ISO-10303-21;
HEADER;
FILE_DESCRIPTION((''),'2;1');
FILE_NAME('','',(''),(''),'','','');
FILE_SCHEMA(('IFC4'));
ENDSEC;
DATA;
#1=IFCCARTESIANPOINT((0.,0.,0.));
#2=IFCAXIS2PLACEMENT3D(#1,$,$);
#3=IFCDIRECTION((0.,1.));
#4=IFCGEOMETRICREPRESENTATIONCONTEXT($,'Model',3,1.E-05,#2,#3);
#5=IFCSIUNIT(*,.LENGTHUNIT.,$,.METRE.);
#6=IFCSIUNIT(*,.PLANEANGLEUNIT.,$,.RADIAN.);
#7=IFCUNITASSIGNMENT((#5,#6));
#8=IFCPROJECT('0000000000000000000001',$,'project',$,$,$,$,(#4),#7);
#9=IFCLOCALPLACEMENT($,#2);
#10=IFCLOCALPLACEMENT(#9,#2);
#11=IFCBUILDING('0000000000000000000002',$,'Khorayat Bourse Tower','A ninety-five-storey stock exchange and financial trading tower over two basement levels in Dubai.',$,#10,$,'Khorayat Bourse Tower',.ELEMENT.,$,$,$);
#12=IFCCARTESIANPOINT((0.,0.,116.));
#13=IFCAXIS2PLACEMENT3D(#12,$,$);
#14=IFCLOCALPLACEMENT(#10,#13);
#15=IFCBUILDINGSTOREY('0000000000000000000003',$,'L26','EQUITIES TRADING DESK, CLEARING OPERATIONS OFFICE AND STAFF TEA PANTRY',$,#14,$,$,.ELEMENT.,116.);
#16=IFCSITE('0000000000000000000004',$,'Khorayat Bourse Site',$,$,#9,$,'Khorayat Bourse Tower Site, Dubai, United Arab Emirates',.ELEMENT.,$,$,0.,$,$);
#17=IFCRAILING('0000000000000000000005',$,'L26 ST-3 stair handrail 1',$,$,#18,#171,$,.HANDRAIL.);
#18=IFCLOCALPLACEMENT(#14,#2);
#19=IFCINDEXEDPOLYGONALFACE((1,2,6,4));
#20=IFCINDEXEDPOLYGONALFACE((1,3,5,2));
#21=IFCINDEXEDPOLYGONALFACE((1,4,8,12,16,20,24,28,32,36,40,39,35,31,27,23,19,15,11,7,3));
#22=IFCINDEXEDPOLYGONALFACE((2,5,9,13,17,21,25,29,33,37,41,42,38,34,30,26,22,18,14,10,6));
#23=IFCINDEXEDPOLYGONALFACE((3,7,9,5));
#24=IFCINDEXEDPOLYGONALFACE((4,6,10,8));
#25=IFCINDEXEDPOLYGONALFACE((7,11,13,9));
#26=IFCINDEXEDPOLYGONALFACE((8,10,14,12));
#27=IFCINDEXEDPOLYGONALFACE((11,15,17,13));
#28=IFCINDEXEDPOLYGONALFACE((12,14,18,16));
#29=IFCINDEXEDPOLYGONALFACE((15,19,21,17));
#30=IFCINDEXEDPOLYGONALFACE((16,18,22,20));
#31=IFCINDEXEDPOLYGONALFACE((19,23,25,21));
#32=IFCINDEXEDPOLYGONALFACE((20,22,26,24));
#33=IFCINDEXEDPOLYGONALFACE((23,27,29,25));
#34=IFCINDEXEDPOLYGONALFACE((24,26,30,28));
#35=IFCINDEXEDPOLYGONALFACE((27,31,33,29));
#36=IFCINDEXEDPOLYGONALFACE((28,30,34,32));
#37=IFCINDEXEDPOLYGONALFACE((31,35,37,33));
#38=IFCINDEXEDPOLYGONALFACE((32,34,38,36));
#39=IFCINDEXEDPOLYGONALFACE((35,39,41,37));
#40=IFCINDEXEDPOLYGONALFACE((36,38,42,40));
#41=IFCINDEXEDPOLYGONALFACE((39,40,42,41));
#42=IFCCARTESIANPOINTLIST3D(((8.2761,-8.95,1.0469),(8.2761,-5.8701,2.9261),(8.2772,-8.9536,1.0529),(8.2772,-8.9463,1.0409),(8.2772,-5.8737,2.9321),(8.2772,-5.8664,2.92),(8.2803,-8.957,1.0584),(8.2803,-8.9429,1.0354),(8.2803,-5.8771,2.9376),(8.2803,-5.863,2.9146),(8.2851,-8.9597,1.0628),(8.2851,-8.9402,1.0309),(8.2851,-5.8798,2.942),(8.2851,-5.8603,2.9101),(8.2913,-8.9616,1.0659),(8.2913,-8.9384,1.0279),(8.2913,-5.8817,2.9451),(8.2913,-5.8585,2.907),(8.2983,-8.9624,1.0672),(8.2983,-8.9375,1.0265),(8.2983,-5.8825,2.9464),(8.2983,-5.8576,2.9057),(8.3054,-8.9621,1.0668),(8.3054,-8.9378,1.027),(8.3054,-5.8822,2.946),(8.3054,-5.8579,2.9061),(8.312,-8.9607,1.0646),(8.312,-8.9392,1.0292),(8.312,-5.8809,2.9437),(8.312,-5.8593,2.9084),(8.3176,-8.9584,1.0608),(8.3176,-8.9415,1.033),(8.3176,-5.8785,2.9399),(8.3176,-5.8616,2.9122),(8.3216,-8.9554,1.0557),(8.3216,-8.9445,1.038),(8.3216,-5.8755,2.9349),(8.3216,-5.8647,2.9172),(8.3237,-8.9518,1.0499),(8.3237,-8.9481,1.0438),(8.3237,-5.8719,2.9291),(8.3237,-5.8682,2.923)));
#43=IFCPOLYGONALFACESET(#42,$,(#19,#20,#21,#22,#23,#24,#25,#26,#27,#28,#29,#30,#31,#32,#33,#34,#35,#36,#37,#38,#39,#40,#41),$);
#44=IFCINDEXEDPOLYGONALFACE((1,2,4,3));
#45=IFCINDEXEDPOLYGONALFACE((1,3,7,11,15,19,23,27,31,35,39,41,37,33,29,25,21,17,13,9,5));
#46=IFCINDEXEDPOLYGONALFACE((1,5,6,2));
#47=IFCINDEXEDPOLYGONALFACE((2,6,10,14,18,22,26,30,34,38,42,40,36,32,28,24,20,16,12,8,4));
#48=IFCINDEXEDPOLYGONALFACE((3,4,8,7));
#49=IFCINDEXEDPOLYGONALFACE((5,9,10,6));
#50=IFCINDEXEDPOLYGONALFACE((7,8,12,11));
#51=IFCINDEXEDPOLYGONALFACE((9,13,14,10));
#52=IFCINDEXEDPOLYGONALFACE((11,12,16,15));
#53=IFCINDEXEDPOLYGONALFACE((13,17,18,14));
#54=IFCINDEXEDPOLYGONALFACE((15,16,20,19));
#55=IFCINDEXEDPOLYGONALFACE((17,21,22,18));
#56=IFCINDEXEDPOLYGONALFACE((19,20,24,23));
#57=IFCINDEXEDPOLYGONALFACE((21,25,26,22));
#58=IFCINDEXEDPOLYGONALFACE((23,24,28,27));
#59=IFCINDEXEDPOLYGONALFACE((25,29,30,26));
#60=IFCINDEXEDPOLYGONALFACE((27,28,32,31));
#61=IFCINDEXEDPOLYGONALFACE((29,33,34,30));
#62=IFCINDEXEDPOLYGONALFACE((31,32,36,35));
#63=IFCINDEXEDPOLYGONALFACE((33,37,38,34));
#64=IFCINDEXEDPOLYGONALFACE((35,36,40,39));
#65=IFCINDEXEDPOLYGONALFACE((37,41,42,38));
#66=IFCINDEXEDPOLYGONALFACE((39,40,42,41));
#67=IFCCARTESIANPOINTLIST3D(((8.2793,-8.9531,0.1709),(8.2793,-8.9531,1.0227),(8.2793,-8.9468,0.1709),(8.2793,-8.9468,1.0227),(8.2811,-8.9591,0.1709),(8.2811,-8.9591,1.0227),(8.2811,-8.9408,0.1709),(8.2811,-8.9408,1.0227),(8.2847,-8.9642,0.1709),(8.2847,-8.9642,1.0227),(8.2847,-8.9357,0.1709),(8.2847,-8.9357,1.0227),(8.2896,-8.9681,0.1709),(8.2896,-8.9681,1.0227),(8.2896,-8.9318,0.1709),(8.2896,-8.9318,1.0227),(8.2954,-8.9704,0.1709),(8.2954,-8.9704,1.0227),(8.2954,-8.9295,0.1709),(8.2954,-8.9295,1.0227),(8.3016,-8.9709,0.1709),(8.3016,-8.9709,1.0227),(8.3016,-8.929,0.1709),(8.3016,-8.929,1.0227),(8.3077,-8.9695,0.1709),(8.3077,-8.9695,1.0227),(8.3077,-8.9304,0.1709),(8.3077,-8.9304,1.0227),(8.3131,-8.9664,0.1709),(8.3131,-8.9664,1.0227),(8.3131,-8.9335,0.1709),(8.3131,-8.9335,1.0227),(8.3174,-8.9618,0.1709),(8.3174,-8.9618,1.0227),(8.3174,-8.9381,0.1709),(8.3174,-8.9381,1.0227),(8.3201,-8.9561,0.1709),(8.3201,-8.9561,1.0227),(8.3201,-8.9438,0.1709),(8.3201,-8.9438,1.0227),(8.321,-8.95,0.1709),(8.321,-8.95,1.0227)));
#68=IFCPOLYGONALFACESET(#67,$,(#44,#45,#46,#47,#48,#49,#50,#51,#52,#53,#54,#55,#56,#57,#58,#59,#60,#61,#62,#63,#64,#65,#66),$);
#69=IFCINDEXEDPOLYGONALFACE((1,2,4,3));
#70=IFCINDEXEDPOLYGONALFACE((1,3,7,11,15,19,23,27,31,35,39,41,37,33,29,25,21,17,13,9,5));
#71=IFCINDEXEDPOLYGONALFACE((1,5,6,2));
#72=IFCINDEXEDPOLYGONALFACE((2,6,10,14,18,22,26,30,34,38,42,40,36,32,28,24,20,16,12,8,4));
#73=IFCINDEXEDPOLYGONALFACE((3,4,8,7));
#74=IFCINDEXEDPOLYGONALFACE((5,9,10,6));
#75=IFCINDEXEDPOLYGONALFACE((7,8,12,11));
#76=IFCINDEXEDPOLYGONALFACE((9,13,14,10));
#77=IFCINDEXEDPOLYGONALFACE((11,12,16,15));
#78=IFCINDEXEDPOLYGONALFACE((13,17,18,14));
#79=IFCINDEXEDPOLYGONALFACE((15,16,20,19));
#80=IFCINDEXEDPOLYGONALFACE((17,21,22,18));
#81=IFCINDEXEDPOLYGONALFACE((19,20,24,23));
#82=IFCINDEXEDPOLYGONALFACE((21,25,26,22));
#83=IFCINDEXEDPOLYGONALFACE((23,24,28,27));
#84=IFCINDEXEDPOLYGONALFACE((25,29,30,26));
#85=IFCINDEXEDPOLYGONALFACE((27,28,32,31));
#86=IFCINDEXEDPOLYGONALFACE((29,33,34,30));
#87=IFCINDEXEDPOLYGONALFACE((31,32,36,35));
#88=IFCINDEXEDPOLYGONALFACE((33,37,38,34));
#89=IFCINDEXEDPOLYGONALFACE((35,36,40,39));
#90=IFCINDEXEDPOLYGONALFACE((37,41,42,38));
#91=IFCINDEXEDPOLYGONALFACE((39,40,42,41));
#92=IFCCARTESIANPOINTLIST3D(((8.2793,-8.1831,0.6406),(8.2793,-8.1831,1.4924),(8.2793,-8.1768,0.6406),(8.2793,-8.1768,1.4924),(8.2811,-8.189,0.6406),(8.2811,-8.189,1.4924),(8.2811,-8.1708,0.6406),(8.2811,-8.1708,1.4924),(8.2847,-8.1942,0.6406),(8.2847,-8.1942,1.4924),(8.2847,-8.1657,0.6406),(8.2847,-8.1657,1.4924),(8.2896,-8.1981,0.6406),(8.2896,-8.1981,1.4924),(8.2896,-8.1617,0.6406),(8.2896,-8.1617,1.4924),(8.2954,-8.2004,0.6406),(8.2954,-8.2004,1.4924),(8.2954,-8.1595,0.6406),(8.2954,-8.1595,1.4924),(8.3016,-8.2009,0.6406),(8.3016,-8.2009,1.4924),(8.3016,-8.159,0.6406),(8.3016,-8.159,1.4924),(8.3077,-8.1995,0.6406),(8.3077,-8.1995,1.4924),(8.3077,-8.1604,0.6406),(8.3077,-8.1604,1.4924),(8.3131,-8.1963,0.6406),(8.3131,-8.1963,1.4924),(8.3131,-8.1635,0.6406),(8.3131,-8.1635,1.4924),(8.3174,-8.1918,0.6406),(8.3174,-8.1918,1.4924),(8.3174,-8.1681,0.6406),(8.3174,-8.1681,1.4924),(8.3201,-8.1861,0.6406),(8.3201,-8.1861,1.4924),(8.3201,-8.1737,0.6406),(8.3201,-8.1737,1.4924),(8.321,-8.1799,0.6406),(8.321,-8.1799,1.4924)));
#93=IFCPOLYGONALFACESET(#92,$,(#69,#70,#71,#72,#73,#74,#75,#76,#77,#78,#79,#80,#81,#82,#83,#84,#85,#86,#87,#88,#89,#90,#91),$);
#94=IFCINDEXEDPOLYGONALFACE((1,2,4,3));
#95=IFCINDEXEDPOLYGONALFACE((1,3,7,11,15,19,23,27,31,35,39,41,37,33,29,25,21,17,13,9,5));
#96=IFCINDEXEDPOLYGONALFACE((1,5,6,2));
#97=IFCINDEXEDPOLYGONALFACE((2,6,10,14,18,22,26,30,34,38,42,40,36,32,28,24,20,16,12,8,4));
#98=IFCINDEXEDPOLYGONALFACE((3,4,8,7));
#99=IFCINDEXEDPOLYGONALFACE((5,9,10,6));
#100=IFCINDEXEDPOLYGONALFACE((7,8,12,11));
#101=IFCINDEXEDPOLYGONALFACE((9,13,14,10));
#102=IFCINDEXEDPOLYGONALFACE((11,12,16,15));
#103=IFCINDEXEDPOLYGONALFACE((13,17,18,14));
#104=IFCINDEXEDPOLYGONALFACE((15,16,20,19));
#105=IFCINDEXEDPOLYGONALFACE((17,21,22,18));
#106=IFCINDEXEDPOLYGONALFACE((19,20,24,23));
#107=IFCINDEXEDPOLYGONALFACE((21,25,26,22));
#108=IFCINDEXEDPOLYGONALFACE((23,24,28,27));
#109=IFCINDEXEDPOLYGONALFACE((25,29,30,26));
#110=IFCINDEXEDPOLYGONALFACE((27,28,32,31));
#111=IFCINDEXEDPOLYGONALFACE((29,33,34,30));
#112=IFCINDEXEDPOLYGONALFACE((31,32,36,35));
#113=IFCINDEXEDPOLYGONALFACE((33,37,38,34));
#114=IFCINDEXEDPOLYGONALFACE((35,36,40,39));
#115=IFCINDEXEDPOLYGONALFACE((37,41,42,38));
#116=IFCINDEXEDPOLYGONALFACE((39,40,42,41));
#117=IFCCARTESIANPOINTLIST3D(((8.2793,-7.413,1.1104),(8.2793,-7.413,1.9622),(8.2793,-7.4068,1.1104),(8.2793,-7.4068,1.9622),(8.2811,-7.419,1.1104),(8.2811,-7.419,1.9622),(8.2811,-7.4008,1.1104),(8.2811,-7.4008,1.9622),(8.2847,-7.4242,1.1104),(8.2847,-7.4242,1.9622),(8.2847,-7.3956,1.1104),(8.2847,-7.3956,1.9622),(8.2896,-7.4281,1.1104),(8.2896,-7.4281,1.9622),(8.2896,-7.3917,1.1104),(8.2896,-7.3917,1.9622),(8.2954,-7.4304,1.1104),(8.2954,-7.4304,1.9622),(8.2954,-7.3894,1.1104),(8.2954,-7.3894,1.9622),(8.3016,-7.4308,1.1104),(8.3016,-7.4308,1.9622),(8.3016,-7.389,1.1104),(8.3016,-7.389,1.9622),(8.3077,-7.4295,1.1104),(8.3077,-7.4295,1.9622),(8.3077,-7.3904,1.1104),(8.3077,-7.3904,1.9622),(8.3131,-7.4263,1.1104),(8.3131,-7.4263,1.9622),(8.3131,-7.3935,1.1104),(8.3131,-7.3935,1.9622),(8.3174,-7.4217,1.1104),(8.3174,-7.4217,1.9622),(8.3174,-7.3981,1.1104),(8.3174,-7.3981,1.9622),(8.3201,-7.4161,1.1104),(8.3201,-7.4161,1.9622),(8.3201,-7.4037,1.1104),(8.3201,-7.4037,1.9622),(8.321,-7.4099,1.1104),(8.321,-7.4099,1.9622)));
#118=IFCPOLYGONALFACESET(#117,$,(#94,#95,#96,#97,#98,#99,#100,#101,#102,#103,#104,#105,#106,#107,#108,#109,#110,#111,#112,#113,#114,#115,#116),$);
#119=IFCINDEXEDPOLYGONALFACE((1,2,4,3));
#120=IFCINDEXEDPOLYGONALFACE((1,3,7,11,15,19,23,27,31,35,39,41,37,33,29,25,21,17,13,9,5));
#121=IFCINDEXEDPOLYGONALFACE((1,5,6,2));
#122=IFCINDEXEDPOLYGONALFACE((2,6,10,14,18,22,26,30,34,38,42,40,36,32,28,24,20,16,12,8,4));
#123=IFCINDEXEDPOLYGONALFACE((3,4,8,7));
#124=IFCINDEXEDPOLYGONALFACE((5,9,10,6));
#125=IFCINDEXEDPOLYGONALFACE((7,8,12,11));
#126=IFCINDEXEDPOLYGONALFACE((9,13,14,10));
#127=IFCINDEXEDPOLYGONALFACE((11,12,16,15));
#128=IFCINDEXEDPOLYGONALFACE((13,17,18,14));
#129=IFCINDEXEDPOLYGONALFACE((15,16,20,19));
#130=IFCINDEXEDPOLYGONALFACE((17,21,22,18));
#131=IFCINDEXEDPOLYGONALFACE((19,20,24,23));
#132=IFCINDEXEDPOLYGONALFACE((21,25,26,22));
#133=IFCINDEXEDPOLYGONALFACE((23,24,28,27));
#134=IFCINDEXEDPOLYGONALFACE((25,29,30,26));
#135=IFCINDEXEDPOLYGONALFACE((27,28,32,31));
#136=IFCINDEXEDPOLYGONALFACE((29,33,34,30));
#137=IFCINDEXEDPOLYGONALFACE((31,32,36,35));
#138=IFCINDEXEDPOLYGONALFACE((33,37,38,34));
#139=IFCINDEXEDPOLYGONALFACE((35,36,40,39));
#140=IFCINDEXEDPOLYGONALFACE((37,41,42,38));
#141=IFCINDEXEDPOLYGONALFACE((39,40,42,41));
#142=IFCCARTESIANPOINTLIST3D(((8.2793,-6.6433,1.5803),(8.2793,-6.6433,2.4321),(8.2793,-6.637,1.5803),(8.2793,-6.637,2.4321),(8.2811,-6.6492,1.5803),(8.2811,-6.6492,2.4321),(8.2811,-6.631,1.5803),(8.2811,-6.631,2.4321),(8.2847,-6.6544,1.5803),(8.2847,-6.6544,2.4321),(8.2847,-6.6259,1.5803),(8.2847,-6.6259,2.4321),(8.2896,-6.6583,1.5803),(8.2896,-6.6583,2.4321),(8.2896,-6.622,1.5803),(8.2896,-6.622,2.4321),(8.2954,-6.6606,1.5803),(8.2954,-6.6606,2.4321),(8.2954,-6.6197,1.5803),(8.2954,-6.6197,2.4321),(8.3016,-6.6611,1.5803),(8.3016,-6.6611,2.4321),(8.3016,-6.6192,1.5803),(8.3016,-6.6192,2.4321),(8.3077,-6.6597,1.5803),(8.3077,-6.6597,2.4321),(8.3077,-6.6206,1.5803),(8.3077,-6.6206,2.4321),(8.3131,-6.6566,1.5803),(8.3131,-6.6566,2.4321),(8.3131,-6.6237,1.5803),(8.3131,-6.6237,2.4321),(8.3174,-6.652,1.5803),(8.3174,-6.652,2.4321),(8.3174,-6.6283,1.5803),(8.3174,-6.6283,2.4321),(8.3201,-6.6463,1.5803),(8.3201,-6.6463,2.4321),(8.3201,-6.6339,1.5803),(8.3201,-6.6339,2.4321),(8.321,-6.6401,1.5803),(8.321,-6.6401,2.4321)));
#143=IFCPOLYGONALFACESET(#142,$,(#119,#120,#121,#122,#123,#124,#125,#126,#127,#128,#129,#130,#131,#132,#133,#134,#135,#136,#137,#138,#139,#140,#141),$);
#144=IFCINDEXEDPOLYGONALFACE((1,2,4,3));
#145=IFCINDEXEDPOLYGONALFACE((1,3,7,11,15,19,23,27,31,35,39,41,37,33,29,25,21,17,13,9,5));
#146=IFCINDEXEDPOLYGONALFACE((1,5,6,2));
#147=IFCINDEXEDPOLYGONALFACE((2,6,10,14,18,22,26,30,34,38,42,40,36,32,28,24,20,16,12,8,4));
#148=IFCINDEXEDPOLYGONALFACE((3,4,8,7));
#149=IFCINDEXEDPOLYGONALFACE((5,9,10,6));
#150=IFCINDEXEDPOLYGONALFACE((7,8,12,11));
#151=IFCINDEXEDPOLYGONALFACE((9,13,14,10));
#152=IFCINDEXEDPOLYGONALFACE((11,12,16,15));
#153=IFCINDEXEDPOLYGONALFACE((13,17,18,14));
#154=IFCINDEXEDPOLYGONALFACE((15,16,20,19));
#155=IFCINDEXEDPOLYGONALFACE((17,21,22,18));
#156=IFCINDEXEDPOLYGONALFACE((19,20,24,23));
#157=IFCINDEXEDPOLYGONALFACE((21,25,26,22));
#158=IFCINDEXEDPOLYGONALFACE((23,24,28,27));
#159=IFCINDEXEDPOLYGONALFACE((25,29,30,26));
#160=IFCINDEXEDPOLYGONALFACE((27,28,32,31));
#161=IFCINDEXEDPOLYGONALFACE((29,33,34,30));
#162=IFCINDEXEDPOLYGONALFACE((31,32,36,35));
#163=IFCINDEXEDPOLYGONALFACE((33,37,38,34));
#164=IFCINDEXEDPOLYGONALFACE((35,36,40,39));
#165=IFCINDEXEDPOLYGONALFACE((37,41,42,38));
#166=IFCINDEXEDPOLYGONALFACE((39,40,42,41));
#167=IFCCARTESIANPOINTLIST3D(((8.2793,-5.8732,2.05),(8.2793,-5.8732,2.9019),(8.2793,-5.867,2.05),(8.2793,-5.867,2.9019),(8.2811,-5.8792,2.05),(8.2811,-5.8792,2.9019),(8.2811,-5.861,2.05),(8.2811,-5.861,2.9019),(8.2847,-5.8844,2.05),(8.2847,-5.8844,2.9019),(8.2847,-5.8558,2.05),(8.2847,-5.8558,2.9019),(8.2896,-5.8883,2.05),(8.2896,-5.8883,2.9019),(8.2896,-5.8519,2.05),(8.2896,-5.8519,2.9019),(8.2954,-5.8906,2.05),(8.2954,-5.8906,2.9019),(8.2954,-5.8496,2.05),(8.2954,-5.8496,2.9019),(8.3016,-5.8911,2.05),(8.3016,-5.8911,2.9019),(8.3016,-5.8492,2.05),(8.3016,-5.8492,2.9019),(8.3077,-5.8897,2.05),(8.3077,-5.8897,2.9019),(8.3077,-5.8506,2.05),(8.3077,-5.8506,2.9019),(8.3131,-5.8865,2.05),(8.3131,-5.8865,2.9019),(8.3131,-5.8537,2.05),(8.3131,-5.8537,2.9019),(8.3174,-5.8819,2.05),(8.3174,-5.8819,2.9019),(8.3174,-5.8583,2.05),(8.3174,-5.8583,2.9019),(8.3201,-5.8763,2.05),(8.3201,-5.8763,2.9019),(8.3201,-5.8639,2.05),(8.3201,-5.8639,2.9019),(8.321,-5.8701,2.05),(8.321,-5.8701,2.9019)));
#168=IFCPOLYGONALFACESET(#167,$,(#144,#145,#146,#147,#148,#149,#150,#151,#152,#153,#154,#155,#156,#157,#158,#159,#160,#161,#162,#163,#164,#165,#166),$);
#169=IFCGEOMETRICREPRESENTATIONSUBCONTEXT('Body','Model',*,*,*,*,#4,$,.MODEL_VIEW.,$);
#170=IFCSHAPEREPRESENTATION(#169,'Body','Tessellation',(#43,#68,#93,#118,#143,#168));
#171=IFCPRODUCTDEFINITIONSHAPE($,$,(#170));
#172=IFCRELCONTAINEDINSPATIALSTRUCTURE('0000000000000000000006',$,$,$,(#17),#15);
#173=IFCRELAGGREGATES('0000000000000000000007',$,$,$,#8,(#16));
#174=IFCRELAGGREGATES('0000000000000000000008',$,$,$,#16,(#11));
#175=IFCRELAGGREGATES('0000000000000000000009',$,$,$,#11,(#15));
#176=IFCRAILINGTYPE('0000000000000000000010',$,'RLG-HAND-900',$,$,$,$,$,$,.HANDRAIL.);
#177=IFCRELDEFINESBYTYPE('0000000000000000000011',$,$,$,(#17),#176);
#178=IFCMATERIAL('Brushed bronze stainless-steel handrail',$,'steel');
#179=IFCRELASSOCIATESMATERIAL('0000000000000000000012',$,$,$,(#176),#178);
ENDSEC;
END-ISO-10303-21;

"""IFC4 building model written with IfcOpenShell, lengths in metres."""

from ifc_helpers import new_model, si_unit, direction, frame, origin, origin_2d, place, context, subcontext, project, spatial, circle, extrude, source, transform, mapped, material, type_object, element, save


model = new_model("IFC4")

# Units and contexts
model_context = context("Model", 3, precision=1e-05, world=origin(), true_north=direction((0.0, 1.0)))
body_context = subcontext(model_context, "Body", "Model", "MODEL_VIEW")
ifc_project = project(units=[si_unit("LENGTHUNIT", "METRE"), si_unit("PLANEANGLEUNIT", "RADIAN")], contexts=[model_context])

# Site, building, storey
site_placement = place(None, origin())
site = spatial("IfcSite", under=ifc_project, at=site_placement, Name="Khorayat Bourse Site", LongName="Khorayat Bourse Tower Site, Dubai, United Arab Emirates", CompositionType="ELEMENT", RefElevation=0.0)
building_placement = place(site_placement, origin())
building = spatial("IfcBuilding", under=site, at=building_placement, Name="Khorayat Bourse Tower", Description="A ninety-five-storey stock exchange and financial trading tower over two basement levels in Dubai.", LongName="Khorayat Bourse Tower", CompositionType="ELEMENT")
storey_placement = place(building_placement, frame((0.0, 0.0, 116.0)))
storey = spatial("IfcBuildingStorey", under=building, at=storey_placement, Name="L26", Description="EQUITIES TRADING DESK, CLEARING OPERATIONS OFFICE AND STAFF TEA PANTRY", CompositionType="ELEMENT", Elevation=116.0)

# Railing
ifc_material_1 = material(Name="Brushed bronze stainless-steel handrail", Category="steel")
railing_type_1 = type_object("IfcRailingType", Name="RLG-HAND-900", PredefinedType="HANDRAIL", material=ifc_material_1)
shared_shape_1 = source(origin(), body_context, "Body", "SweptSolid", [
    extrude(circle(Radius=0.0239, at=origin_2d()), frame((0.0, 0.0, 0.876), z_axis=(0.0, 0.853648, 0.52085), x_axis=(-1.0, 0.0, 0.0)), (0.0, 0.0, 1.0), 3.6079),
    extrude(circle(Radius=0.021, at=origin_2d()), origin(), (0.0, 0.0, 1.0), 0.8518),
    extrude(circle(Radius=0.021, at=origin_2d()), frame((0.0, 0.77, 0.4697)), (0.0, 0.0, 1.0), 0.8518),
    extrude(circle(Radius=0.021, at=origin_2d()), frame((0.0, 1.54, 0.9395)), (0.0, 0.0, 1.0), 0.8518),
    extrude(circle(Radius=0.021, at=origin_2d()), frame((0.0, 2.3098, 1.4094)), (0.0, 0.0, 1.0), 0.8518),
    extrude(circle(Radius=0.021, at=origin_2d()), frame((0.0, 3.0798, 1.8792)), (0.0, 0.0, 1.0), 0.8518),
])
railing_1_placement = place(storey_placement, frame((8.3, -8.95, 0.1709)))
element("IfcRailing", 1, at=railing_1_placement, inside=storey, type_object=railing_type_1, Name="L26 ST-3 stair handrail 1", PredefinedType="HANDRAIL", context=body_context, shape_type="MappedRepresentation", body=[
    mapped(shared_shape_1, transform((0.0, 0.0, 0.0), scale=1.0)),
])

save(model, "model.ifc")
